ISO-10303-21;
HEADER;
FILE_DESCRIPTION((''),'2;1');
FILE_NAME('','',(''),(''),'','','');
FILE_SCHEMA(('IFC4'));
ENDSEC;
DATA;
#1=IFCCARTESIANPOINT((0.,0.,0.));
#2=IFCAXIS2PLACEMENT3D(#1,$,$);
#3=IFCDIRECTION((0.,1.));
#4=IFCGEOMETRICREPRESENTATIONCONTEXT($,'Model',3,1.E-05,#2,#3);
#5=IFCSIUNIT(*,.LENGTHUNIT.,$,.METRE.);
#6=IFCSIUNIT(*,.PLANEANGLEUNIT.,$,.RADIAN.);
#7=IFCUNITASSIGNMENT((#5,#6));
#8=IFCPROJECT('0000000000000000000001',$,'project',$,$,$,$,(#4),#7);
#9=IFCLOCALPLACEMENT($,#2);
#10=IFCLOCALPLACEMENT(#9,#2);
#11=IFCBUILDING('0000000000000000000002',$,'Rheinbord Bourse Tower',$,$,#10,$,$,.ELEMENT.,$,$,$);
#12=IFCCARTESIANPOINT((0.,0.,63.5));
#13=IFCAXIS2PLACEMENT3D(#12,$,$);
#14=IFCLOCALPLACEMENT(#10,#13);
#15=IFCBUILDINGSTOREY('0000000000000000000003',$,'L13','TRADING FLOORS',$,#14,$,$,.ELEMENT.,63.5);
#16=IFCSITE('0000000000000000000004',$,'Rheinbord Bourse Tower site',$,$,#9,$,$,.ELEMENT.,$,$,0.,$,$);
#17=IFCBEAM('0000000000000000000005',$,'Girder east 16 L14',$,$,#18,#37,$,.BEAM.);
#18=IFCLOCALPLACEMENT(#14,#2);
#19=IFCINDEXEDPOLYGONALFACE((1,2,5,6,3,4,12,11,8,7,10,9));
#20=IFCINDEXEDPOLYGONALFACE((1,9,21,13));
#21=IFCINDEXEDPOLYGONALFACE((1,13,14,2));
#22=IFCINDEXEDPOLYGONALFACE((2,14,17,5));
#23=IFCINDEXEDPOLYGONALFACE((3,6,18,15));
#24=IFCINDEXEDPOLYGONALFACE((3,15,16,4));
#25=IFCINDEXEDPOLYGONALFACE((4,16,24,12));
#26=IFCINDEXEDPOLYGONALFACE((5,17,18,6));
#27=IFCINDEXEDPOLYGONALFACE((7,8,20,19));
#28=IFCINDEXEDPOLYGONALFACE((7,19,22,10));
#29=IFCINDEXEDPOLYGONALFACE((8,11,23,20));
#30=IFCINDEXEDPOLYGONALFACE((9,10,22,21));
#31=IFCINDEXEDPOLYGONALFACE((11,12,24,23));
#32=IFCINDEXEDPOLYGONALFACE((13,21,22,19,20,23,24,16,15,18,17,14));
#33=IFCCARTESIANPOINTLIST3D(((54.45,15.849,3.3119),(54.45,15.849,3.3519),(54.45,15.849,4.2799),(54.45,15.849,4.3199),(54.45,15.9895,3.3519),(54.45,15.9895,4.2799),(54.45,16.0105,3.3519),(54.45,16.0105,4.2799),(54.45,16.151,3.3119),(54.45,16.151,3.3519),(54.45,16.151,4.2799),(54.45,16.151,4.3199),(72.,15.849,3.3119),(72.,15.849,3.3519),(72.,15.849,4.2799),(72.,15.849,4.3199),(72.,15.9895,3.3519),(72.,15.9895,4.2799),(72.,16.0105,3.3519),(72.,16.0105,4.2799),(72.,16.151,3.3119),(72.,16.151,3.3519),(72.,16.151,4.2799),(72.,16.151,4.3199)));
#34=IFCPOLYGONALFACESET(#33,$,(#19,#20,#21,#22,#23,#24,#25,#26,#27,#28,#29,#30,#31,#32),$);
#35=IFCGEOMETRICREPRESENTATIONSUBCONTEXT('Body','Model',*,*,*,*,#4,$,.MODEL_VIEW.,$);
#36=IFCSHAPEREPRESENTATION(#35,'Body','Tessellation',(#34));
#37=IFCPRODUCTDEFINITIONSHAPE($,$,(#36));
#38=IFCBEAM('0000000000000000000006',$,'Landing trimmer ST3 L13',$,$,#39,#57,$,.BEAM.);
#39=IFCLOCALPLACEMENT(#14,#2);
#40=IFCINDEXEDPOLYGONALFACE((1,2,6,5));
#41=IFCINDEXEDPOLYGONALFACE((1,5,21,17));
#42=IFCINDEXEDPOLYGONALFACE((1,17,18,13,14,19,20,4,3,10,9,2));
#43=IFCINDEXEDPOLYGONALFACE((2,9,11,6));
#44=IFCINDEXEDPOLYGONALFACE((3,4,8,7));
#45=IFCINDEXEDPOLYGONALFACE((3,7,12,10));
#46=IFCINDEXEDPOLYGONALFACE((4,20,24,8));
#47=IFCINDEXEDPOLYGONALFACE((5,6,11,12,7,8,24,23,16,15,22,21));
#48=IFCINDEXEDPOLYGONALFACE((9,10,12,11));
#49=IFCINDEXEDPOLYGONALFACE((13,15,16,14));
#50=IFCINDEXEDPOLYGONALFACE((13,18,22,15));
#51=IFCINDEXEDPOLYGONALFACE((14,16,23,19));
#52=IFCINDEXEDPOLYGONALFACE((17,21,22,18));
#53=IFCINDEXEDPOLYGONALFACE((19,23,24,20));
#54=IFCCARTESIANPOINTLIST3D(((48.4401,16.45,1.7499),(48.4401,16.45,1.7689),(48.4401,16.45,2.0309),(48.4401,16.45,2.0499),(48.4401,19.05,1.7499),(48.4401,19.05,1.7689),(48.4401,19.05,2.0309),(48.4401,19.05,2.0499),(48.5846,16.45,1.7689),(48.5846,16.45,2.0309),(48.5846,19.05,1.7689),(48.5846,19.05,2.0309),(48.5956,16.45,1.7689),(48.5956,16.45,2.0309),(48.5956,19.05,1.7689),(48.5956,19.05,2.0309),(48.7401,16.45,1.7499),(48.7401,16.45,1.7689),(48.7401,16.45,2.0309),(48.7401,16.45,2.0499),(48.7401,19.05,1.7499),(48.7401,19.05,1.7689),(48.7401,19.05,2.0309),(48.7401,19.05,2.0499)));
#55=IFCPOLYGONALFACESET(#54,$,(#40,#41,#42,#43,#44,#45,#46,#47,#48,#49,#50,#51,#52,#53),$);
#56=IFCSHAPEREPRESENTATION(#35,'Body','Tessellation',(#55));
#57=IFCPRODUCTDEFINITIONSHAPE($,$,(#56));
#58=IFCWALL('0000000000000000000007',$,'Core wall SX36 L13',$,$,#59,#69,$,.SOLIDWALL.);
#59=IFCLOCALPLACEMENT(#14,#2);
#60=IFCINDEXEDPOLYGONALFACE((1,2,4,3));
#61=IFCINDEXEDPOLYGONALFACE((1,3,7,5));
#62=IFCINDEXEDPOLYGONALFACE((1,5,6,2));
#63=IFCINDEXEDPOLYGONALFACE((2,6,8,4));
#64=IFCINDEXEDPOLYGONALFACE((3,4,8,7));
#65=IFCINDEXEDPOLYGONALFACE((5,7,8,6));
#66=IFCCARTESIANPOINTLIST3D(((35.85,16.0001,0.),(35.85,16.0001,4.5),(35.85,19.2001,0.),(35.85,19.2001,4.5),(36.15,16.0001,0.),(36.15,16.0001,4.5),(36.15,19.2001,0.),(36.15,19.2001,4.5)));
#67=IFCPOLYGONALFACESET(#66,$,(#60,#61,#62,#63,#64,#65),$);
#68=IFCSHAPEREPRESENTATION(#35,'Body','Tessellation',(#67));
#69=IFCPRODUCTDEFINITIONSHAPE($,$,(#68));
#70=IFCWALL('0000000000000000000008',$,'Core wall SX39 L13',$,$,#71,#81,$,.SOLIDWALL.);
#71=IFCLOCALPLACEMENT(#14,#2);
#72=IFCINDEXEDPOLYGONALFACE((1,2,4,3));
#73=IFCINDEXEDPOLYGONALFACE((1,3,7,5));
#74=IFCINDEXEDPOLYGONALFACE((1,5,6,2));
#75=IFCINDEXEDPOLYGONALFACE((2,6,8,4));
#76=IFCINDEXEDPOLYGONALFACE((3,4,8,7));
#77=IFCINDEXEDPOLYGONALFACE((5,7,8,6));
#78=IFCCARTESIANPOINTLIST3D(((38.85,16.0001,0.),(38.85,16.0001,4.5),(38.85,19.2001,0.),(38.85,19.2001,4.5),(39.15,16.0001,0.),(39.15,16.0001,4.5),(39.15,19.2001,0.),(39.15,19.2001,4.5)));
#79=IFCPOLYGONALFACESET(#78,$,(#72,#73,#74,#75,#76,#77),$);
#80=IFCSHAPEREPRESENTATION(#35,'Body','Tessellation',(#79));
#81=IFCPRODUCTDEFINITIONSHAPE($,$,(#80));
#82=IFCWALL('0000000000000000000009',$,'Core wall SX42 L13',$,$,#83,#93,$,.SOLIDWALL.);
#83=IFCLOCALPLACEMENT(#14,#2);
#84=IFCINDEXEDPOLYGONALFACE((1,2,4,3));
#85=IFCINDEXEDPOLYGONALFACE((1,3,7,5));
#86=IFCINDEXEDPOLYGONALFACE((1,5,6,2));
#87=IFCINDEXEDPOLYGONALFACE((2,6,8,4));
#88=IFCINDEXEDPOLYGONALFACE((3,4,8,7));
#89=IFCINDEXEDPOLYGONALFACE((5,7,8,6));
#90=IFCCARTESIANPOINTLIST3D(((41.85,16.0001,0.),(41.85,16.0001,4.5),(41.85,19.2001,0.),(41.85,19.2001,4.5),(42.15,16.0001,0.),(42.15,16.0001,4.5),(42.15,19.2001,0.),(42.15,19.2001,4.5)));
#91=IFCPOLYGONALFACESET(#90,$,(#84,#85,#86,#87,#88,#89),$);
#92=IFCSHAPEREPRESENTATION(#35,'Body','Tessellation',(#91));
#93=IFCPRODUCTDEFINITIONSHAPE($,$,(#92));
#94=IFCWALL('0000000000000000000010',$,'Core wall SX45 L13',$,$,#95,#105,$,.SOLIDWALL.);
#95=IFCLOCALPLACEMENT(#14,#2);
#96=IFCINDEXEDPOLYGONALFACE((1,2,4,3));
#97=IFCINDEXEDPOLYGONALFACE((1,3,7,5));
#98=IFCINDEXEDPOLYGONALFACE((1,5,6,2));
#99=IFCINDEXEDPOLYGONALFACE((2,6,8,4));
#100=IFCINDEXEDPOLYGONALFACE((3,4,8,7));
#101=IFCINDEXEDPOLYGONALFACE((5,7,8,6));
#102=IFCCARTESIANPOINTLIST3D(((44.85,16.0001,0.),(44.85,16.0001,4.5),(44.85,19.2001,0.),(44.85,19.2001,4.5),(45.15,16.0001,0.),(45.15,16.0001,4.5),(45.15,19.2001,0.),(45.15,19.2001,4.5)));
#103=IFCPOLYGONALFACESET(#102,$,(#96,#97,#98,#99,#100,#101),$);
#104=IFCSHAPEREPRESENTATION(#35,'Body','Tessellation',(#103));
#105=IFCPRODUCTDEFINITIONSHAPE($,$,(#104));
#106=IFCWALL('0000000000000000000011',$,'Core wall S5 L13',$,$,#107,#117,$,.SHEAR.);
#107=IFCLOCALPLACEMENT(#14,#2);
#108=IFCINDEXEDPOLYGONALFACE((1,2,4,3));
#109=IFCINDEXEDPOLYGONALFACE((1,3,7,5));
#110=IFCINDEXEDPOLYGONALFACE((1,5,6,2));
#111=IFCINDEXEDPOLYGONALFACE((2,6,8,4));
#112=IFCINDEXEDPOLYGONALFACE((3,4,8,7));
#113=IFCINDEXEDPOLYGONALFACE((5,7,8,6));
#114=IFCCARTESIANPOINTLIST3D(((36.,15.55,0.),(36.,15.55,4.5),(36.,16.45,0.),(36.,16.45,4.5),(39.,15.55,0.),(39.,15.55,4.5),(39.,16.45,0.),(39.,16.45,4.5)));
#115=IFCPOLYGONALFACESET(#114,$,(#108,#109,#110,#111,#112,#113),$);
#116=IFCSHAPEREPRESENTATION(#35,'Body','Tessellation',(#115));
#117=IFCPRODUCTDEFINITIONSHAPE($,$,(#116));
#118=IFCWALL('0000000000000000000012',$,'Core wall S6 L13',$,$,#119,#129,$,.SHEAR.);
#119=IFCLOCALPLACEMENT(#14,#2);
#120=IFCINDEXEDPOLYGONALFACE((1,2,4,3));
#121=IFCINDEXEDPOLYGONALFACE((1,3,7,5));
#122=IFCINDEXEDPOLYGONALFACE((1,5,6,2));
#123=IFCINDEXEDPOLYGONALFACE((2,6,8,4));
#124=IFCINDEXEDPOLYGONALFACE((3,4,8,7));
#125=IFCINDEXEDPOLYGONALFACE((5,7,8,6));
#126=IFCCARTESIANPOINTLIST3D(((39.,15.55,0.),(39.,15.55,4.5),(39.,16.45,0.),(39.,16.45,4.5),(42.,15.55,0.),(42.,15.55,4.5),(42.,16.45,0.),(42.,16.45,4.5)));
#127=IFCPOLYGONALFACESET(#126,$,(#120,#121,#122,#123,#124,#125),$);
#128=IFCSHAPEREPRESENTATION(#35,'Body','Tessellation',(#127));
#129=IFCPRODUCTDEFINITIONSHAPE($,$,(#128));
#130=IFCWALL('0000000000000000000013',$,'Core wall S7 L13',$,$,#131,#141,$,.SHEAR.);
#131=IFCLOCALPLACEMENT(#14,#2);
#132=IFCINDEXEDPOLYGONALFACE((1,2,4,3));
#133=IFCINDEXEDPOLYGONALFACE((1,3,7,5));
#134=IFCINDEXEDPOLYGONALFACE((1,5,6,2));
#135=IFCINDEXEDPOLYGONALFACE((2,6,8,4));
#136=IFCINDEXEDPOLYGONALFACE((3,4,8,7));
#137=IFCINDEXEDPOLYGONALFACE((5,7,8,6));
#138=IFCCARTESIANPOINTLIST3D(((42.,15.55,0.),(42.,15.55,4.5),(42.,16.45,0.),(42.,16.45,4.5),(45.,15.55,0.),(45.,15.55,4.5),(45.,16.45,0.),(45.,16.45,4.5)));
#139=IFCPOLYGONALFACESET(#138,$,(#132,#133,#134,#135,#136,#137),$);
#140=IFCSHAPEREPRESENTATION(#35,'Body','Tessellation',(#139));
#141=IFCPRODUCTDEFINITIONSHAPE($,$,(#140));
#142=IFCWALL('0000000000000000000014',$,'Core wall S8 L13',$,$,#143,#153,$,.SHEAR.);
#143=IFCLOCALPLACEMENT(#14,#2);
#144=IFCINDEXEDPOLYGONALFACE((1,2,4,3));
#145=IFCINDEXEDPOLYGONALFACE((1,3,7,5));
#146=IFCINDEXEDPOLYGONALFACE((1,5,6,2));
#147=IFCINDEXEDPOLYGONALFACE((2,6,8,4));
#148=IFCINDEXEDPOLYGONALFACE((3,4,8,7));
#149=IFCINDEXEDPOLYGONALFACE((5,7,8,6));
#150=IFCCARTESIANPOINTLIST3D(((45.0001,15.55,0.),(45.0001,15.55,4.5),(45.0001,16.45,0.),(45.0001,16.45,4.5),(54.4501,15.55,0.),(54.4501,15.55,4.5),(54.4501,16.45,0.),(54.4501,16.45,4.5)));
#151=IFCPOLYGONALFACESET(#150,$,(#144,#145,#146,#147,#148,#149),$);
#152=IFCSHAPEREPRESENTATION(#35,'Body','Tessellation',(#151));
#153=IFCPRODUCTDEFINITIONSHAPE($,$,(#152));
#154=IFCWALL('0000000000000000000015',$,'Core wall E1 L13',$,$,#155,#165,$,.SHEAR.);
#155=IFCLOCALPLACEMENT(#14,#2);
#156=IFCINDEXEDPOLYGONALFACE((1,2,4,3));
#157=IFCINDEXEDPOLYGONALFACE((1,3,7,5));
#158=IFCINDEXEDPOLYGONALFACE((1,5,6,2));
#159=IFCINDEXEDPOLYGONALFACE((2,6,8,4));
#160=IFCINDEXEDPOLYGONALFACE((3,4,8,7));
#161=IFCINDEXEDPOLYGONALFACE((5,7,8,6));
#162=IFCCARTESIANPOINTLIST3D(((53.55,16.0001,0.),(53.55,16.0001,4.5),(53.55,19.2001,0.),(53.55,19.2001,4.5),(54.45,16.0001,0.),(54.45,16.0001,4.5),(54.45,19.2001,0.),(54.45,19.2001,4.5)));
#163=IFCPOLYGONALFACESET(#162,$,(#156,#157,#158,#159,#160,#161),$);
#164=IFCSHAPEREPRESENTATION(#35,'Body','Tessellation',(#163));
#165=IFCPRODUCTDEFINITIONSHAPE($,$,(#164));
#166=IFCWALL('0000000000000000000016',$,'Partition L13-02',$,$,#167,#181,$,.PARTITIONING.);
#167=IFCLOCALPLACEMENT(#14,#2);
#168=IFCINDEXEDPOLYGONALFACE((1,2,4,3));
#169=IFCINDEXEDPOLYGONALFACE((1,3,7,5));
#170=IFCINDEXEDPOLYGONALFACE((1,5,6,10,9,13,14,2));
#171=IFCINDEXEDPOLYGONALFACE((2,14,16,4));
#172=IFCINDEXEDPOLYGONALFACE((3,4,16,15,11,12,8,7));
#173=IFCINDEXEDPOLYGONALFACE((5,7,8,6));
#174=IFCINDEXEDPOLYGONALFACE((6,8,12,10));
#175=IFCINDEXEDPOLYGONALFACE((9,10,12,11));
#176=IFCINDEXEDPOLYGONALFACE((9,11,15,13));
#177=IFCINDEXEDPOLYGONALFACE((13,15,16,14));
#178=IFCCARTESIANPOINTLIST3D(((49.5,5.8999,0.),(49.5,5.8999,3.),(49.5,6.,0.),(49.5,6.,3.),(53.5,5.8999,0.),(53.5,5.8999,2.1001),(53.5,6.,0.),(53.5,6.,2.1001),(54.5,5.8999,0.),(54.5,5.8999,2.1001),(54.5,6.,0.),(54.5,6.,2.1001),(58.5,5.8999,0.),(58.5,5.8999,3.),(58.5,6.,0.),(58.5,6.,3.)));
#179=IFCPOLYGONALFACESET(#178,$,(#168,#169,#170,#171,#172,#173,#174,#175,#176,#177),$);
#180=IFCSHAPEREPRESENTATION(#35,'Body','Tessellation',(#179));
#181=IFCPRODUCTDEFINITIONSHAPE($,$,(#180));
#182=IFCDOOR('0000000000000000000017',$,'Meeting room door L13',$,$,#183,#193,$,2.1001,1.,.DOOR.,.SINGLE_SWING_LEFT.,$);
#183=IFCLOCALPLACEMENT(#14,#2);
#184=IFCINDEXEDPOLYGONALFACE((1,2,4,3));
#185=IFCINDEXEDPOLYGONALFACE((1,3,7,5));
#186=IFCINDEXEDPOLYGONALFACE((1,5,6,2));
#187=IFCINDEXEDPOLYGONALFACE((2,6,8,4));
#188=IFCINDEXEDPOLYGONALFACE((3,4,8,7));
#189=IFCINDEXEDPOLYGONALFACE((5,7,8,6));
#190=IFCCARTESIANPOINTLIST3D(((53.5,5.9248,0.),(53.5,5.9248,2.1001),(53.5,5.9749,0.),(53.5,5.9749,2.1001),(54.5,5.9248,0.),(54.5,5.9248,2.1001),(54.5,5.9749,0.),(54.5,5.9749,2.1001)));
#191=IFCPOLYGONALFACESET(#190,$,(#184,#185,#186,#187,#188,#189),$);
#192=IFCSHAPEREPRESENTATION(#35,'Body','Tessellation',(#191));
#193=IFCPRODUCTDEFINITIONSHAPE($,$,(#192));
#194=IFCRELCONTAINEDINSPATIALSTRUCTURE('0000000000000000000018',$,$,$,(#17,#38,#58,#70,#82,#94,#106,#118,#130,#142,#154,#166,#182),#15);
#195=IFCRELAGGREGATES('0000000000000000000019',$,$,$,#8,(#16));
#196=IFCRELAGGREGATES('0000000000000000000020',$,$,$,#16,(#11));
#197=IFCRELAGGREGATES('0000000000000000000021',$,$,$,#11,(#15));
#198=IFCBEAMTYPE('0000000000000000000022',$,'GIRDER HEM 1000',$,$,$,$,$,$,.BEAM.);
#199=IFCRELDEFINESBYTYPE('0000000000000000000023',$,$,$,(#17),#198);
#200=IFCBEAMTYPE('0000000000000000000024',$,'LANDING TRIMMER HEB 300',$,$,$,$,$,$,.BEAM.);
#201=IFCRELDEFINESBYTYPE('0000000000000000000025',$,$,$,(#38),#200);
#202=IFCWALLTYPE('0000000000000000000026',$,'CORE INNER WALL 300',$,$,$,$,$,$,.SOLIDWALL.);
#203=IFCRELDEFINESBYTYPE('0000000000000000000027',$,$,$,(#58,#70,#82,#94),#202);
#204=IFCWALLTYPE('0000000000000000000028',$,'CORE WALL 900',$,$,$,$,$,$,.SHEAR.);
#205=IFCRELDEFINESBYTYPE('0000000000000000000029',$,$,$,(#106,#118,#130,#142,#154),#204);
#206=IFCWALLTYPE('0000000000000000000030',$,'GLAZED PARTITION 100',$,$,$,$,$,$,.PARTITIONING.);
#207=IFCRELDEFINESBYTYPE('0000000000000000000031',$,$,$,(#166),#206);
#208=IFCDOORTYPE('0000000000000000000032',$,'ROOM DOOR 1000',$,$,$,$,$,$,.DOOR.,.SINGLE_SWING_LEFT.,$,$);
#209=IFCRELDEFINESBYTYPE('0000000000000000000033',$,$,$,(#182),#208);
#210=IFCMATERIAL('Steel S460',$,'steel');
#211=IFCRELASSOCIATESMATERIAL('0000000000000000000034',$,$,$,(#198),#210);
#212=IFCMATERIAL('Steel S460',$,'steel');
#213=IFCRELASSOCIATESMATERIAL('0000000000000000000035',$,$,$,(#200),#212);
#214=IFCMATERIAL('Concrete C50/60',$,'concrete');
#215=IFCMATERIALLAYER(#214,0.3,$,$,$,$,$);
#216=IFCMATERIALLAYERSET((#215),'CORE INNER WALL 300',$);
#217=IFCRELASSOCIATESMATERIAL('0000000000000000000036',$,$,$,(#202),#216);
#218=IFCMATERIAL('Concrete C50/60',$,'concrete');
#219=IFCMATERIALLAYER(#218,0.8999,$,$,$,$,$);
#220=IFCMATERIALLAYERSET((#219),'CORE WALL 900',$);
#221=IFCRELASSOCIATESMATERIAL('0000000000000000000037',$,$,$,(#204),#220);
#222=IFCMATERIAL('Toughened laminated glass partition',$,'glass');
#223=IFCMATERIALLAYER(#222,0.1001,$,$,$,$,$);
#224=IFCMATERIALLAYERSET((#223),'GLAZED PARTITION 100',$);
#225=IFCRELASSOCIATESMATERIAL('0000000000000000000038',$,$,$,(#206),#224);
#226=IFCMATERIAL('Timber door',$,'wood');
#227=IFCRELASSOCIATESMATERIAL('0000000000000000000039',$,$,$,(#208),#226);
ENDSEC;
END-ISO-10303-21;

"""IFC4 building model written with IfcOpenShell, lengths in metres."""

from ifc_helpers import new_model, si_unit, direction, frame, frame_2d, origin, origin_2d, place, context, subcontext, project, spatial, rectangle, i_section, extrude, material, layer, layer_set, material_profile, profile_set, type_object, element, fill, save


model = new_model("IFC4")

# Units and contexts
model_context = context("Model", 3, precision=1e-05, world=origin(), true_north=direction((0.0, 1.0)))
body_context = subcontext(model_context, "Body", "Model", "MODEL_VIEW")
ifc_project = project(units=[si_unit("LENGTHUNIT", "METRE"), si_unit("PLANEANGLEUNIT", "RADIAN")], contexts=[model_context])

# Site, building, storey
site_placement = place(None, origin())
site = spatial("IfcSite", under=ifc_project, at=site_placement, Name="Rheinbord Bourse Tower site", CompositionType="ELEMENT", RefElevation=0.0)
building_placement = place(site_placement, origin())
building = spatial("IfcBuilding", under=site, at=building_placement, Name="Rheinbord Bourse Tower", CompositionType="ELEMENT")
storey_placement = place(building_placement, frame((0.0, 0.0, 63.5)))
storey = spatial("IfcBuildingStorey", under=building, at=storey_placement, Name="L13", Description="TRADING FLOORS", CompositionType="ELEMENT", Elevation=63.5)

# Beams
ifc_material_1 = material(Name="Steel S460", Category="steel")
ifc_material_profile_1 = material_profile(ifc_material_1, i_section(OverallWidth=0.302, OverallDepth=1.0081, WebThickness=0.021, FlangeThickness=0.04, at=origin_2d()), Name="HEM 1000")
ifc_profile_set_1 = profile_set([ifc_material_profile_1], Name="Steel S460")
beam_type_1 = type_object("IfcBeamType", Name="GIRDER HEM 1000", PredefinedType="BEAM", material=ifc_profile_set_1)
beam_1_placement = place(storey_placement, frame((54.45, 16.0, 3.8159), z_axis=(1.0, 0.0, 0.0), x_axis=(0.0, 1.0, 0.0)))
element("IfcBeam", 1, at=beam_1_placement, inside=storey, type_object=beam_type_1, Name="Girder east 16 L14", PredefinedType="BEAM", context=body_context, shape_type="SweptSolid", body=[
    extrude(i_section(OverallWidth=0.302, OverallDepth=1.0081, WebThickness=0.021, FlangeThickness=0.04, at=origin_2d()), origin(), (0.0, 0.0, 1.0), 17.55),
])
ifc_material_2 = material(Name="Steel S460", Category="steel")
ifc_material_profile_2 = material_profile(ifc_material_2, i_section(OverallWidth=0.3, OverallDepth=0.3, WebThickness=0.011, FlangeThickness=0.019, at=origin_2d()), Name="HEB 300")
ifc_profile_set_2 = profile_set([ifc_material_profile_2], Name="Steel S460")
beam_type_2 = type_object("IfcBeamType", Name="LANDING TRIMMER HEB 300", PredefinedType="BEAM", material=ifc_profile_set_2)
beam_2_placement = place(storey_placement, frame((48.5901, 16.45, 1.8999), z_axis=(0.0, 1.0, 0.0), x_axis=(-1.0, 0.0, 0.0)))
element("IfcBeam", 2, at=beam_2_placement, inside=storey, type_object=beam_type_2, Name="Landing trimmer ST3 L13", PredefinedType="BEAM", context=body_context, shape_type="SweptSolid", body=[
    extrude(i_section(OverallWidth=0.3, OverallDepth=0.3, WebThickness=0.011, FlangeThickness=0.019, at=origin_2d()), origin(), (0.0, 0.0, 1.0), 2.6001),
])

# Walls
ifc_material_3 = material(Name="Concrete C50/60", Category="concrete")
ifc_layer_1 = layer(ifc_material_3, 0.3)
ifc_layer_set_1 = layer_set([ifc_layer_1], Name="CORE INNER WALL 300")
wall_type_1 = type_object("IfcWallType", Name="CORE INNER WALL 300", PredefinedType="SOLIDWALL", material=ifc_layer_set_1)
for number, where, z_axis, x_axis, name in (
    (3, (36.0, 16.0, 0.0), (0.0, 0.0, 1.0), (0.0, 1.0, 0.0), "Core wall SX36 L13"),
    (4, (39.0, 16.0, 0.0), (0.0, 0.0, 1.0), (0.0, 1.0, 0.0), "Core wall SX39 L13"),
    (5, (42.0, 16.0, 0.0), (0.0, 0.0, 1.0), (0.0, 1.0, 0.0), "Core wall SX42 L13"),
    (6, (45.0, 16.0, 0.0), (0.0, 0.0, 1.0), (0.0, 1.0, 0.0), "Core wall SX45 L13"),
):
    element("IfcWall", number, at=place(storey_placement, frame(where, z_axis=z_axis, x_axis=x_axis)), inside=storey, type_object=wall_type_1, Name=name, PredefinedType="SOLIDWALL", context=body_context, shape_type="SweptSolid", body=[
        extrude(rectangle(XDim=3.2, YDim=0.3, at=frame_2d((1.6001, 0.0))), origin(), (0.0, 0.0, 1.0), 4.5),
    ])
ifc_material_4 = material(Name="Concrete C50/60", Category="concrete")
ifc_layer_2 = layer(ifc_material_4, 0.8999)
ifc_layer_set_2 = layer_set([ifc_layer_2], Name="CORE WALL 900")
wall_type_2 = type_object("IfcWallType", Name="CORE WALL 900", PredefinedType="SHEAR", material=ifc_layer_set_2)
for number, where, z_axis, x_axis, name in (
    (7, (36.0, 16.0, 0.0), (0.0, 0.0, 1.0), (1.0, 0.0, 0.0), "Core wall S5 L13"),
    (8, (39.0, 16.0, 0.0), (0.0, 0.0, 1.0), (1.0, 0.0, 0.0), "Core wall S6 L13"),
    (9, (42.0, 16.0, 0.0), (0.0, 0.0, 1.0), (1.0, 0.0, 0.0), "Core wall S7 L13"),
):
    element("IfcWall", number, at=place(storey_placement, frame(where, z_axis=z_axis, x_axis=x_axis)), inside=storey, type_object=wall_type_2, Name=name, PredefinedType="SHEAR", context=body_context, shape_type="SweptSolid", body=[
        extrude(rectangle(XDim=3.0, YDim=0.8999, at=frame_2d((1.5, 0.0))), origin(), (0.0, 0.0, 1.0), 4.5),
    ])
wall_1_placement = place(storey_placement, frame((45.0, 16.0, 0.0), z_axis=(0.0, 0.0, 1.0), x_axis=(1.0, 0.0, 0.0)))
element("IfcWall", 10, at=wall_1_placement, inside=storey, type_object=wall_type_2, Name="Core wall S8 L13", PredefinedType="SHEAR", context=body_context, shape_type="SweptSolid", body=[
    extrude(rectangle(XDim=9.45, YDim=0.8999, at=frame_2d((4.7251, 0.0))), origin(), (0.0, 0.0, 1.0), 4.5),
])
wall_2_placement = place(storey_placement, frame((54.0, 16.0, 0.0), z_axis=(0.0, 0.0, 1.0), x_axis=(0.0, 1.0, 0.0)))
element("IfcWall", 11, at=wall_2_placement, inside=storey, type_object=wall_type_2, Name="Core wall E1 L13", PredefinedType="SHEAR", context=body_context, shape_type="SweptSolid", body=[
    extrude(rectangle(XDim=3.2, YDim=0.8999, at=frame_2d((1.6001, 0.0))), origin(), (0.0, 0.0, 1.0), 4.5),
])

# Wall, opening, door
ifc_material_5 = material(Name="Toughened laminated glass partition", Category="glass")
ifc_layer_3 = layer(ifc_material_5, 0.1001)
ifc_layer_set_3 = layer_set([ifc_layer_3], Name="GLAZED PARTITION 100")
wall_type_3 = type_object("IfcWallType", Name="GLAZED PARTITION 100", PredefinedType="PARTITIONING", material=ifc_layer_set_3)
wall_3_placement = place(storey_placement, frame((49.5, 5.95, 0.0), z_axis=(0.0, 0.0, 1.0), x_axis=(1.0, 0.0, 0.0)))
wall_3 = element("IfcWall", 12, at=wall_3_placement, inside=storey, type_object=wall_type_3, Name="Partition L13-02", PredefinedType="PARTITIONING", context=body_context, shape_type="SweptSolid", body=[
    extrude(rectangle(XDim=9.0, YDim=0.1001, at=frame_2d((4.5, 0.0))), origin(), (0.0, 0.0, 1.0), 3.0),
])
opening_1_placement = place(wall_3_placement, frame((4.0, 0.0, 0.0)))
opening_1 = element("IfcOpeningElement", 13, at=opening_1_placement, cuts=wall_3, PredefinedType="OPENING", context=body_context, shape_type="SweptSolid", body=[
    extrude(rectangle(XDim=1.0, YDim=2.1001, at=frame_2d((0.5, 1.05))), frame((0.0, 0.0601, 0.0), z_axis=(0.0, -1.0, 0.0), x_axis=(1.0, 0.0, 0.0)), (0.0, 0.0, 1.0), 0.1201),
])
ifc_material_6 = material(Name="Timber door", Category="wood")
door_type_1 = type_object("IfcDoorType", Name="ROOM DOOR 1000", OperationType="SINGLE_SWING_LEFT", PredefinedType="DOOR", material=ifc_material_6)
door_1_placement = place(opening_1_placement, origin())
door_1 = element("IfcDoor", 14, at=door_1_placement, inside=storey, type_object=door_type_1, Name="Meeting room door L13", OperationType="SINGLE_SWING_LEFT", OverallHeight=2.1001, OverallWidth=1.0, PredefinedType="DOOR", context=body_context, shape_type="SweptSolid", body=[
    extrude(rectangle(XDim=1.0, YDim=2.1001, at=frame_2d((0.5, 1.05))), frame((0.0, 0.0249, 0.0), z_axis=(0.0, -1.0, 0.0), x_axis=(1.0, 0.0, 0.0)), (0.0, 0.0, 1.0), 0.05),
])
fill(opening_1, door_1)

save(model, "model.ifc")
